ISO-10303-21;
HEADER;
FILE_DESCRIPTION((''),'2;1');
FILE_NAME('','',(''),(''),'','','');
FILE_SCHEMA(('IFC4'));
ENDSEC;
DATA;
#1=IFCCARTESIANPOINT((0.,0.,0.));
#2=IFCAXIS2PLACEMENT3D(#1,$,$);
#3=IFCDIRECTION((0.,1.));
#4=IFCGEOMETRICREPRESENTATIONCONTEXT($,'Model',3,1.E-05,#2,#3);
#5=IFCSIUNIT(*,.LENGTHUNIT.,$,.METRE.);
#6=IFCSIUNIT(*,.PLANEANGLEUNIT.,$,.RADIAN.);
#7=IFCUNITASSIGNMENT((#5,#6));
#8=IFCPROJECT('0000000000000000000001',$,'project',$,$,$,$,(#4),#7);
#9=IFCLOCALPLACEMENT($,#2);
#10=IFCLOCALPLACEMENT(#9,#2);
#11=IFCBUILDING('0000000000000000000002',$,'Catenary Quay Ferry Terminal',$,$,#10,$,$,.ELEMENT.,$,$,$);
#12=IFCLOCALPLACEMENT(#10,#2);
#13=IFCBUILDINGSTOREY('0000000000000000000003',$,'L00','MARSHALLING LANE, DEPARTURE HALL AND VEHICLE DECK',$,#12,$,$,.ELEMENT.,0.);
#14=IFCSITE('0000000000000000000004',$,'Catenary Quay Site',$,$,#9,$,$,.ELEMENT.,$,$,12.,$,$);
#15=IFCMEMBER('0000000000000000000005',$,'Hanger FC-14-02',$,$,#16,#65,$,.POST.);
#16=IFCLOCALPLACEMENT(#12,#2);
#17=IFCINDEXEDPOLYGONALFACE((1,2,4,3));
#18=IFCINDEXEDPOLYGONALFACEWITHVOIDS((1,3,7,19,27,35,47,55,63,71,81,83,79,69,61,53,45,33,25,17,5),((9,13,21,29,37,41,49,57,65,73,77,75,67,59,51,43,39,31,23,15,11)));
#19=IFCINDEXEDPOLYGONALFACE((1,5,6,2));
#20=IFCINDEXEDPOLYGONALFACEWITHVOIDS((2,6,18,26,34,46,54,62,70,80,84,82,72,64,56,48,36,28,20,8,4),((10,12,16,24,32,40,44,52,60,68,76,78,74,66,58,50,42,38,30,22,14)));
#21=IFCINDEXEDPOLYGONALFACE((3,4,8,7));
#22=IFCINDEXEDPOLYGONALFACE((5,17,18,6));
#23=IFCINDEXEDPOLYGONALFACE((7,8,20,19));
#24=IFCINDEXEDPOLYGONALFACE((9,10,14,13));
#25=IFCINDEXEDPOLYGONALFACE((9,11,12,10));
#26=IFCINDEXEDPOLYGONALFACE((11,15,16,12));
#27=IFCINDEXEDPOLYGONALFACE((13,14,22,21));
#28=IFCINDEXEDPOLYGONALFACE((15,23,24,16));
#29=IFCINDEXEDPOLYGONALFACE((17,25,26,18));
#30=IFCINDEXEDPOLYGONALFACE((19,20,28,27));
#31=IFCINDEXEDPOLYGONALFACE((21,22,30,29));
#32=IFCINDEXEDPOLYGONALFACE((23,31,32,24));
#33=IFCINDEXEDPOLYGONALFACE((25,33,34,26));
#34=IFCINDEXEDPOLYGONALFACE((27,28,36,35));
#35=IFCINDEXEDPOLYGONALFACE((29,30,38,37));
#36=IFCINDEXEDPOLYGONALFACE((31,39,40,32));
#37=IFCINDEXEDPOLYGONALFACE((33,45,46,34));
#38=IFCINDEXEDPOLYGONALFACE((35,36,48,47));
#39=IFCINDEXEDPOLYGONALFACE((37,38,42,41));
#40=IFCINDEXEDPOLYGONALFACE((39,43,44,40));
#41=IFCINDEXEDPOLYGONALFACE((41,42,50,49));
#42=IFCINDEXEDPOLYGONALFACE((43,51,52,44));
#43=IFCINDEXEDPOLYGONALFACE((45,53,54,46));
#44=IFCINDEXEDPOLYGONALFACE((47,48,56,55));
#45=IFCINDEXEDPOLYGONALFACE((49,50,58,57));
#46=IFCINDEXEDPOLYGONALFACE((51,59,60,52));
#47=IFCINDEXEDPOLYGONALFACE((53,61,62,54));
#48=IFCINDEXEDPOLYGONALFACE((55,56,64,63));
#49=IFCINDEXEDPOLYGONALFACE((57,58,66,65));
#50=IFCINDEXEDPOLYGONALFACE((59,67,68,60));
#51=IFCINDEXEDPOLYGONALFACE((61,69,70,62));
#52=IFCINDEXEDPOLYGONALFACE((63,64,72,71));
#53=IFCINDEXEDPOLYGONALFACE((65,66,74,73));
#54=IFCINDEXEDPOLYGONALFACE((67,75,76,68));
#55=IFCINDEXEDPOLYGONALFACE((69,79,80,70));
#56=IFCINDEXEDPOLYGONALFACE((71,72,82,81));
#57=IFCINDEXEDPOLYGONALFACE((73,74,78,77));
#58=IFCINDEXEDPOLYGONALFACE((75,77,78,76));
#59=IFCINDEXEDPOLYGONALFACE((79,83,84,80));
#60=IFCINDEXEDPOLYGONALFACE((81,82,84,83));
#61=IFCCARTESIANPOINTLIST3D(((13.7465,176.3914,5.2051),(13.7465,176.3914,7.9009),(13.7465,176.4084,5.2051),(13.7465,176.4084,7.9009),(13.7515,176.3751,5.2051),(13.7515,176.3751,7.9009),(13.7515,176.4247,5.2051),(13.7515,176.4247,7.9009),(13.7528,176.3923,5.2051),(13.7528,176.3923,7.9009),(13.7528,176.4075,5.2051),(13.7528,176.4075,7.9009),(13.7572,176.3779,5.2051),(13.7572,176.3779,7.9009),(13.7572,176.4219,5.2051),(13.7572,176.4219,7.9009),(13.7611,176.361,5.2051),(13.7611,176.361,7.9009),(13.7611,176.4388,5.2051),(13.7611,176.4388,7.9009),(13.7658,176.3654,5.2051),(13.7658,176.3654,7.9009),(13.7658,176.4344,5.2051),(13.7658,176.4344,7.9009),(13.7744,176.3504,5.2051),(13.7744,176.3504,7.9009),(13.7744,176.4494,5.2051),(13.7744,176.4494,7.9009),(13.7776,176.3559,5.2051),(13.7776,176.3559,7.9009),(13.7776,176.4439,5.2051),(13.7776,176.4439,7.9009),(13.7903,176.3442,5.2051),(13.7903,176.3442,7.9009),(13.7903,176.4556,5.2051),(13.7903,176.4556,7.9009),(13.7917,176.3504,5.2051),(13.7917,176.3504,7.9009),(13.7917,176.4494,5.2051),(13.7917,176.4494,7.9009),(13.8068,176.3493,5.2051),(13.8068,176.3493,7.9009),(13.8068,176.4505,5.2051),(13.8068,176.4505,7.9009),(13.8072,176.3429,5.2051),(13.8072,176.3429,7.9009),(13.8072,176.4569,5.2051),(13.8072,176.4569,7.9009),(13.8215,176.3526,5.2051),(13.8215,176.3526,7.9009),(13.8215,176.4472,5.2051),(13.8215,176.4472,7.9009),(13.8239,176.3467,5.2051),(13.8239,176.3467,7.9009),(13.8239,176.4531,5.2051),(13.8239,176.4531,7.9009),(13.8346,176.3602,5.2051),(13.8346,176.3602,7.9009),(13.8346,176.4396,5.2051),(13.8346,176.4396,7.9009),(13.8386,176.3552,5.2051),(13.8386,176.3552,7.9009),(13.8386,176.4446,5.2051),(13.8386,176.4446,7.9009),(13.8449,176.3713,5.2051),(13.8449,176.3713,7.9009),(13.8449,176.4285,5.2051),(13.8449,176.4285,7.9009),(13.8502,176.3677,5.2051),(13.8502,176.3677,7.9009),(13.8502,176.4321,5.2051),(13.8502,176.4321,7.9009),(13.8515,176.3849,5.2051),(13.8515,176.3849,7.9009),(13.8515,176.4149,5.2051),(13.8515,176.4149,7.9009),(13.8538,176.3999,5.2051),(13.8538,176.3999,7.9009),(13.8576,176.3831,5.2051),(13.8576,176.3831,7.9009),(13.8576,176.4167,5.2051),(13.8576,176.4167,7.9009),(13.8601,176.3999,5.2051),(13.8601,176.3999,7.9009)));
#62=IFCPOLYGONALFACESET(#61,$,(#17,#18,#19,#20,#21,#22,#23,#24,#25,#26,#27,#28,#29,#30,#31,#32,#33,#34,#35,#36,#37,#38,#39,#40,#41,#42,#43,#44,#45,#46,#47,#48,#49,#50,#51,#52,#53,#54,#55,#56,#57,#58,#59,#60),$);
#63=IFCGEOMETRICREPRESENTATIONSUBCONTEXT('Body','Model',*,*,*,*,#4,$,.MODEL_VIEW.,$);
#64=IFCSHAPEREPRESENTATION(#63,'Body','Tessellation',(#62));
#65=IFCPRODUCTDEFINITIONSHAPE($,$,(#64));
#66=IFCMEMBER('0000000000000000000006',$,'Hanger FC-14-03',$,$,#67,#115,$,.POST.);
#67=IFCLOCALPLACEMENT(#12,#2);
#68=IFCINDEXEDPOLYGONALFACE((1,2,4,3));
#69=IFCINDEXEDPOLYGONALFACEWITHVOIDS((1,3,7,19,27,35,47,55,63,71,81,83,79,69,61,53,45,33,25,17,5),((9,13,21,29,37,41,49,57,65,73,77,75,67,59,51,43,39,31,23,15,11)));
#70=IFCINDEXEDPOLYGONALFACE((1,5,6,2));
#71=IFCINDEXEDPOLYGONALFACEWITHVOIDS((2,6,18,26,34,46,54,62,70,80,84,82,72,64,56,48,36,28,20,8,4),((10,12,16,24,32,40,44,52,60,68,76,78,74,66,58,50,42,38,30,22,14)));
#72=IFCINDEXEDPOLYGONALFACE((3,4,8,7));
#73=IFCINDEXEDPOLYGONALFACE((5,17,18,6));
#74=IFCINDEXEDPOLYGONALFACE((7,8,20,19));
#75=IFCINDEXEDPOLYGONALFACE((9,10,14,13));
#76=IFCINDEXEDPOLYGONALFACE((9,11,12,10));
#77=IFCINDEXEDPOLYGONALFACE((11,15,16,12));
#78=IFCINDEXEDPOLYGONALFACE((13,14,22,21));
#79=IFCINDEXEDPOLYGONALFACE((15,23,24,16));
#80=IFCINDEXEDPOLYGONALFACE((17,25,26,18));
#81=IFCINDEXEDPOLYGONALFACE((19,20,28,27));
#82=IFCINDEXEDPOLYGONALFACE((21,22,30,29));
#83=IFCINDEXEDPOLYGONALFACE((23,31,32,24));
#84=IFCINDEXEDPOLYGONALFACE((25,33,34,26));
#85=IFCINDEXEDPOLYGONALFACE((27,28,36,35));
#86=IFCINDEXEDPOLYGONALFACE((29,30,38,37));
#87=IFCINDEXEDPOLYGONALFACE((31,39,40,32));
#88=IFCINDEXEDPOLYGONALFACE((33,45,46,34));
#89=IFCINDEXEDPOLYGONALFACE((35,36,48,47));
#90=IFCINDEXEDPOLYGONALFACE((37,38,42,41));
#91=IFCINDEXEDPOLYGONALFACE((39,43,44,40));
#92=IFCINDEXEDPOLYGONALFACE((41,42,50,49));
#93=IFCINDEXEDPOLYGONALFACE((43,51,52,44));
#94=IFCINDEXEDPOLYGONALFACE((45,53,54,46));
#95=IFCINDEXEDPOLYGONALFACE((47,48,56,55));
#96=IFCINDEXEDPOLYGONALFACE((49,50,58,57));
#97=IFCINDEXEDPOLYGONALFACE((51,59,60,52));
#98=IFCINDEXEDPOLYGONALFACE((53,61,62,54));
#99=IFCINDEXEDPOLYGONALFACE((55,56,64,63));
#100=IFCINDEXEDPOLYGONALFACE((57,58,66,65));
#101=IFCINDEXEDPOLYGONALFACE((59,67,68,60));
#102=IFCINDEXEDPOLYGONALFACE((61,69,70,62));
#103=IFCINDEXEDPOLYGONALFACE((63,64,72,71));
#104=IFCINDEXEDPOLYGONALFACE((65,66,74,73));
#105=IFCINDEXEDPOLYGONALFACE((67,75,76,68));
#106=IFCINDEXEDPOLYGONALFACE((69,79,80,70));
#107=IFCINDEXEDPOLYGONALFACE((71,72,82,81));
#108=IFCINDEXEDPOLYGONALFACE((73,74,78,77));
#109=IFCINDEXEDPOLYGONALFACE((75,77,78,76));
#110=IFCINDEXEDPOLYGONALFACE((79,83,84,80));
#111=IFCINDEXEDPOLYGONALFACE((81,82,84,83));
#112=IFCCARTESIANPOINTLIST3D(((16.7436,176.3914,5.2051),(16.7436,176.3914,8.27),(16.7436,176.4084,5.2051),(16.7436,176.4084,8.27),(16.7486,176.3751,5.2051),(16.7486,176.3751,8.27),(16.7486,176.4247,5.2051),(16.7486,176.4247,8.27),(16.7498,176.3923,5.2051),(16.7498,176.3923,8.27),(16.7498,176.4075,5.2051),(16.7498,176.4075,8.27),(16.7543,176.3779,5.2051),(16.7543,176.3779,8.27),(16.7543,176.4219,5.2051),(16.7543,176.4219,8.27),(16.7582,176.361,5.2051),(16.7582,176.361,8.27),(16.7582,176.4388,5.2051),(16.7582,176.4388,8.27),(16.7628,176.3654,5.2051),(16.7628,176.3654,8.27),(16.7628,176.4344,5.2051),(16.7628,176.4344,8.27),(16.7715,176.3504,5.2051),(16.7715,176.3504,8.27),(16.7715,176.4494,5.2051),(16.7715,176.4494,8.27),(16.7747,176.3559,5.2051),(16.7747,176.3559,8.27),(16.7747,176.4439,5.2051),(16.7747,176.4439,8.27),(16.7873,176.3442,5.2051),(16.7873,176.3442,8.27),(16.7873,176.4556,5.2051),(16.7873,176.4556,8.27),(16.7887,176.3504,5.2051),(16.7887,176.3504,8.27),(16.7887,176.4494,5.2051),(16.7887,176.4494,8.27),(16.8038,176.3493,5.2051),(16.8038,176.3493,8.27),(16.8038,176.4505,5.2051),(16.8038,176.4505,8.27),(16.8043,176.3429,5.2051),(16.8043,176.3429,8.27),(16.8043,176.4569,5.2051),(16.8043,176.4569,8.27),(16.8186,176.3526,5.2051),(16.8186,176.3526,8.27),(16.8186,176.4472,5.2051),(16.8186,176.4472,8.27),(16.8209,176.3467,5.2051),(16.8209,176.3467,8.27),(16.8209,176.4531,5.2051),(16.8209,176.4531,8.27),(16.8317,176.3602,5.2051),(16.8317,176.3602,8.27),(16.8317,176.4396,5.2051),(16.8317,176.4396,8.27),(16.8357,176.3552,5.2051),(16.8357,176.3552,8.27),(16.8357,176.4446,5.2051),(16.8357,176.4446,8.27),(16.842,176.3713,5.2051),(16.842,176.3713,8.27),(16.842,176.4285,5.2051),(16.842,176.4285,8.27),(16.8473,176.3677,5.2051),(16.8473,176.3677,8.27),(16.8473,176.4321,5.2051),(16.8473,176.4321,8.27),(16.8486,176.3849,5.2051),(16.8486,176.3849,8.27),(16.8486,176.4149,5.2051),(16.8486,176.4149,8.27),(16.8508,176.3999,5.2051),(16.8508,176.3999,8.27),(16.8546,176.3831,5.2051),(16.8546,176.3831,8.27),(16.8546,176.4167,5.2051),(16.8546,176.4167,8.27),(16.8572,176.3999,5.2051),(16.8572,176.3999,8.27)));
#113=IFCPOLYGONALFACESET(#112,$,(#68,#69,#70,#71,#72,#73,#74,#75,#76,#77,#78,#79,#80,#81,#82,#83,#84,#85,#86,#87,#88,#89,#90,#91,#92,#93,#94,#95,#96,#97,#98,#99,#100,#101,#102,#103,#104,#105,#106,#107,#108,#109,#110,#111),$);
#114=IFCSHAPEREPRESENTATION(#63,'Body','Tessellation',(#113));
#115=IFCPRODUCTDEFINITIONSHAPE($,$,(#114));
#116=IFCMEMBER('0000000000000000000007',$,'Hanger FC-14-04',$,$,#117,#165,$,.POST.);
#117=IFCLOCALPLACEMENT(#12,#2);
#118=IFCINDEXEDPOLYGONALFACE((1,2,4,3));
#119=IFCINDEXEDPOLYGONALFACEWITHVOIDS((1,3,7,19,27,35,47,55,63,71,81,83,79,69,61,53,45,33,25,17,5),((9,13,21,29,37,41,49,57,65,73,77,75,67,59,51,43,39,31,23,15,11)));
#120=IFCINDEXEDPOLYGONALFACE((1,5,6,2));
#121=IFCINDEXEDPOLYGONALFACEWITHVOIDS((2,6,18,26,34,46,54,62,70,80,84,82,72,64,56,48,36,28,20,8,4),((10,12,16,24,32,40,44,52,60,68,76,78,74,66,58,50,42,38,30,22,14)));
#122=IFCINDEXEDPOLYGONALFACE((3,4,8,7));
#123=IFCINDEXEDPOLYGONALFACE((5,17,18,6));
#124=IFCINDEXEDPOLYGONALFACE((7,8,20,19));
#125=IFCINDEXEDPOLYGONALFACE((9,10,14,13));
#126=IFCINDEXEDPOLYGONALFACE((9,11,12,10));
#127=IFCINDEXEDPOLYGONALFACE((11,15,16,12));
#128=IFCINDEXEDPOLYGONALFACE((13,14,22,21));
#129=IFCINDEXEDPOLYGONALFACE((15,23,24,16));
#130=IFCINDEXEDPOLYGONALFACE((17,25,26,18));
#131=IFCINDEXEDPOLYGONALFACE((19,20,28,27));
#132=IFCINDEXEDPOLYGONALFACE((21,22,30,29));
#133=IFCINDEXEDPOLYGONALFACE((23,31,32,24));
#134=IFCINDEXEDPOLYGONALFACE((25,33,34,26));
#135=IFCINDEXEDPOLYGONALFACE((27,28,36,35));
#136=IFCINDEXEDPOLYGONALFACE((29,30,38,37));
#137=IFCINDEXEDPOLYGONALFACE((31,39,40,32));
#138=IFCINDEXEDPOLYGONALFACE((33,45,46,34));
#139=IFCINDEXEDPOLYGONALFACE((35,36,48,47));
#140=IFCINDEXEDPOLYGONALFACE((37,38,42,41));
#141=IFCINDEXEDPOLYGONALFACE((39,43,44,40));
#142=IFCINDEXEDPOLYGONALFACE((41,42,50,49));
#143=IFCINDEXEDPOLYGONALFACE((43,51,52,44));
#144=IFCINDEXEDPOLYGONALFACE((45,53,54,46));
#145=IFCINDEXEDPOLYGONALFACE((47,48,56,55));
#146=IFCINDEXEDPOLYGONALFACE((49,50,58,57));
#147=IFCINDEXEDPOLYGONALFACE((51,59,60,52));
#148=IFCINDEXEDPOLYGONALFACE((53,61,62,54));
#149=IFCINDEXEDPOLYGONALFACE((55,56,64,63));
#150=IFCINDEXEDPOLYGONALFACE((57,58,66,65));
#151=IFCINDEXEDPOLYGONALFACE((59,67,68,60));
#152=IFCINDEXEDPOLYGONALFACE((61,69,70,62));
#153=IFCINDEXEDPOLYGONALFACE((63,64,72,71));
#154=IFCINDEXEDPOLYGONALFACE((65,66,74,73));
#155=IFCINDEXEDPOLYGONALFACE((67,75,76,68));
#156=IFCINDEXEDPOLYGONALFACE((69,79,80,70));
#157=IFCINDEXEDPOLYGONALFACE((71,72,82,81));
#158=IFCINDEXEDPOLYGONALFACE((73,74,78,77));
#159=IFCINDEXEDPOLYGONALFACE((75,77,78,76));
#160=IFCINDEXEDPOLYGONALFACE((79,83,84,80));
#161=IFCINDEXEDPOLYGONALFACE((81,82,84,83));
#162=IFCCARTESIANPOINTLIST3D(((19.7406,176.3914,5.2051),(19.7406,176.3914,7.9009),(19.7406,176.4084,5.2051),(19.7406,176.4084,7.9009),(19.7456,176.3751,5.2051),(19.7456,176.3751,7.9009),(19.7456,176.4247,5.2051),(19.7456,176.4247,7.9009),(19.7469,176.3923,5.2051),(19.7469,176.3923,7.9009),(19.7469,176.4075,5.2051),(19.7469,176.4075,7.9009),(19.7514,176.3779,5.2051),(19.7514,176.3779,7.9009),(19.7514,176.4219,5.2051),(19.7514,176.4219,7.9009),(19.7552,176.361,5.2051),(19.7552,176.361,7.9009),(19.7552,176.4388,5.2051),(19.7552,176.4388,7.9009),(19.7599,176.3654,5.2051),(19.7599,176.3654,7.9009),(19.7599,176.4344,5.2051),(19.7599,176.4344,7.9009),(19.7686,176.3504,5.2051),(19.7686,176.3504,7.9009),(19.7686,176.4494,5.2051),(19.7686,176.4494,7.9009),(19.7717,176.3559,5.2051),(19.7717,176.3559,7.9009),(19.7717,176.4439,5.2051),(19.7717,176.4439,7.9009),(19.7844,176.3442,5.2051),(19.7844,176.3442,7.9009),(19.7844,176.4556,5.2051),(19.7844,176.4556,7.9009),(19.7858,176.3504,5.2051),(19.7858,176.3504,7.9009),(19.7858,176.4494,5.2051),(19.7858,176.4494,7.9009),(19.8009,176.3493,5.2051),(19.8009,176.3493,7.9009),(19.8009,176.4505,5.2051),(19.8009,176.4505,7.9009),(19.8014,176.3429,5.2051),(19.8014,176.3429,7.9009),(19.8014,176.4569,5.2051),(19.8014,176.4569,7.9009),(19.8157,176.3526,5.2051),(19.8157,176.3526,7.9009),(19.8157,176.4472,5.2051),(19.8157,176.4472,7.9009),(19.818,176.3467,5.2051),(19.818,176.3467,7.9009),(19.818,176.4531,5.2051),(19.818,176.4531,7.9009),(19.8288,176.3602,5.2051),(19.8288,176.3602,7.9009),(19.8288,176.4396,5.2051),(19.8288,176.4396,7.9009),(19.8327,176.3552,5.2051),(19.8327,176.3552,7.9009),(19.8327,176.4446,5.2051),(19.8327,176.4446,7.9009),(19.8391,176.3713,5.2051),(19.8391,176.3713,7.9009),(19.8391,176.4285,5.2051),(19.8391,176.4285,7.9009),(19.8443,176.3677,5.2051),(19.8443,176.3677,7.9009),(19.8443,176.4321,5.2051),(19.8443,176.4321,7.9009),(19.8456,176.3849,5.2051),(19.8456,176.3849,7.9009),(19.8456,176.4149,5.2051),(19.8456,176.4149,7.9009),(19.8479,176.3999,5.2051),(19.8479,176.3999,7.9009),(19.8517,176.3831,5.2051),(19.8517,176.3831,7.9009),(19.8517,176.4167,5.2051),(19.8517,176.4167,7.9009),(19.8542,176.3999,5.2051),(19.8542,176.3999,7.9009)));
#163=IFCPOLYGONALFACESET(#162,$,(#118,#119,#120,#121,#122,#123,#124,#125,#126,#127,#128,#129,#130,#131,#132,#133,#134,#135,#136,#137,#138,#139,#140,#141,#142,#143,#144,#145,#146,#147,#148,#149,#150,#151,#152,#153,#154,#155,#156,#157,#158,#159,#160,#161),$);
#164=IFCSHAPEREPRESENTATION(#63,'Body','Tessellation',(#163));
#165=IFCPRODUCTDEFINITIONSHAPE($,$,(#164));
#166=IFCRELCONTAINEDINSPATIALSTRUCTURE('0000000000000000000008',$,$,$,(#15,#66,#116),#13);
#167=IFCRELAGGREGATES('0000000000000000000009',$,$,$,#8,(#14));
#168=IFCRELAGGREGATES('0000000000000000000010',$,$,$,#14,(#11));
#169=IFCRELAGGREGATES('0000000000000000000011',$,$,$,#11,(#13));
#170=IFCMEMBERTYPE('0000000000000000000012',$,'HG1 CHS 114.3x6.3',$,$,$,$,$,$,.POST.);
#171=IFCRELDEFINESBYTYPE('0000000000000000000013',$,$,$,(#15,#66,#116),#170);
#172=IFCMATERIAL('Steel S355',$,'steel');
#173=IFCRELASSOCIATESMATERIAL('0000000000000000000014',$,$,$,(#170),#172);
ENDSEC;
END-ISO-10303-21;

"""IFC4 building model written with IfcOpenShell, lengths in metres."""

from ifc_helpers import new_model, si_unit, direction, frame, origin, origin_2d, place, context, subcontext, project, spatial, hollow_circle, extrude, material, material_profile, profile_set, type_object, element, save


model = new_model("IFC4")

# Units and contexts
model_context = context("Model", 3, precision=1e-05, world=origin(), true_north=direction((0.0, 1.0)))
body_context = subcontext(model_context, "Body", "Model", "MODEL_VIEW")
ifc_project = project(units=[si_unit("LENGTHUNIT", "METRE"), si_unit("PLANEANGLEUNIT", "RADIAN")], contexts=[model_context])

# Site, building, storey
site_placement = place(None, origin())
site = spatial("IfcSite", under=ifc_project, at=site_placement, Name="Catenary Quay Site", CompositionType="ELEMENT", RefElevation=12.0)
building_placement = place(site_placement, origin())
building = spatial("IfcBuilding", under=site, at=building_placement, Name="Catenary Quay Ferry Terminal", CompositionType="ELEMENT")
storey_placement = place(building_placement, origin())
storey = spatial("IfcBuildingStorey", under=building, at=storey_placement, Name="L00", Description="MARSHALLING LANE, DEPARTURE HALL AND VEHICLE DECK", CompositionType="ELEMENT", Elevation=0.0)

# Members
ifc_material_1 = material(Name="Steel S355", Category="steel")
ifc_material_profile_1 = material_profile(ifc_material_1, hollow_circle(Radius=0.0571, WallThickness=0.0063, at=origin_2d()), Name="CHS 114.3x6.3")
ifc_profile_set_1 = profile_set([ifc_material_profile_1], Name="Steel S355")
member_type_1 = type_object("IfcMemberType", Name="HG1 CHS 114.3x6.3", PredefinedType="POST", material=ifc_profile_set_1)
member_1_placement = place(storey_placement, frame((13.803, 176.3999, 5.2051), z_axis=(0.0, 0.0, 1.0), x_axis=(1.0, 0.0, 0.0)))
element("IfcMember", 1, at=member_1_placement, inside=storey, type_object=member_type_1, Name="Hanger FC-14-02", PredefinedType="POST", context=body_context, shape_type="SweptSolid", body=[
    extrude(hollow_circle(Radius=0.0571, WallThickness=0.0063, at=origin_2d()), origin(), (0.0, 0.0, 1.0), 2.6958),
])
member_2_placement = place(storey_placement, frame((16.8, 176.3999, 5.2051), z_axis=(0.0, 0.0, 1.0), x_axis=(1.0, 0.0, 0.0)))
element("IfcMember", 2, at=member_2_placement, inside=storey, type_object=member_type_1, Name="Hanger FC-14-03", PredefinedType="POST", context=body_context, shape_type="SweptSolid", body=[
    extrude(hollow_circle(Radius=0.0571, WallThickness=0.0063, at=origin_2d()), origin(), (0.0, 0.0, 1.0), 3.0649),
])
member_3_placement = place(storey_placement, frame((19.7971, 176.3999, 5.2051), z_axis=(0.0, 0.0, 1.0), x_axis=(1.0, 0.0, 0.0)))
element("IfcMember", 3, at=member_3_placement, inside=storey, type_object=member_type_1, Name="Hanger FC-14-04", PredefinedType="POST", context=body_context, shape_type="SweptSolid", body=[
    extrude(hollow_circle(Radius=0.0571, WallThickness=0.0063, at=origin_2d()), origin(), (0.0, 0.0, 1.0), 2.6958),
])

save(model, "model.ifc")
